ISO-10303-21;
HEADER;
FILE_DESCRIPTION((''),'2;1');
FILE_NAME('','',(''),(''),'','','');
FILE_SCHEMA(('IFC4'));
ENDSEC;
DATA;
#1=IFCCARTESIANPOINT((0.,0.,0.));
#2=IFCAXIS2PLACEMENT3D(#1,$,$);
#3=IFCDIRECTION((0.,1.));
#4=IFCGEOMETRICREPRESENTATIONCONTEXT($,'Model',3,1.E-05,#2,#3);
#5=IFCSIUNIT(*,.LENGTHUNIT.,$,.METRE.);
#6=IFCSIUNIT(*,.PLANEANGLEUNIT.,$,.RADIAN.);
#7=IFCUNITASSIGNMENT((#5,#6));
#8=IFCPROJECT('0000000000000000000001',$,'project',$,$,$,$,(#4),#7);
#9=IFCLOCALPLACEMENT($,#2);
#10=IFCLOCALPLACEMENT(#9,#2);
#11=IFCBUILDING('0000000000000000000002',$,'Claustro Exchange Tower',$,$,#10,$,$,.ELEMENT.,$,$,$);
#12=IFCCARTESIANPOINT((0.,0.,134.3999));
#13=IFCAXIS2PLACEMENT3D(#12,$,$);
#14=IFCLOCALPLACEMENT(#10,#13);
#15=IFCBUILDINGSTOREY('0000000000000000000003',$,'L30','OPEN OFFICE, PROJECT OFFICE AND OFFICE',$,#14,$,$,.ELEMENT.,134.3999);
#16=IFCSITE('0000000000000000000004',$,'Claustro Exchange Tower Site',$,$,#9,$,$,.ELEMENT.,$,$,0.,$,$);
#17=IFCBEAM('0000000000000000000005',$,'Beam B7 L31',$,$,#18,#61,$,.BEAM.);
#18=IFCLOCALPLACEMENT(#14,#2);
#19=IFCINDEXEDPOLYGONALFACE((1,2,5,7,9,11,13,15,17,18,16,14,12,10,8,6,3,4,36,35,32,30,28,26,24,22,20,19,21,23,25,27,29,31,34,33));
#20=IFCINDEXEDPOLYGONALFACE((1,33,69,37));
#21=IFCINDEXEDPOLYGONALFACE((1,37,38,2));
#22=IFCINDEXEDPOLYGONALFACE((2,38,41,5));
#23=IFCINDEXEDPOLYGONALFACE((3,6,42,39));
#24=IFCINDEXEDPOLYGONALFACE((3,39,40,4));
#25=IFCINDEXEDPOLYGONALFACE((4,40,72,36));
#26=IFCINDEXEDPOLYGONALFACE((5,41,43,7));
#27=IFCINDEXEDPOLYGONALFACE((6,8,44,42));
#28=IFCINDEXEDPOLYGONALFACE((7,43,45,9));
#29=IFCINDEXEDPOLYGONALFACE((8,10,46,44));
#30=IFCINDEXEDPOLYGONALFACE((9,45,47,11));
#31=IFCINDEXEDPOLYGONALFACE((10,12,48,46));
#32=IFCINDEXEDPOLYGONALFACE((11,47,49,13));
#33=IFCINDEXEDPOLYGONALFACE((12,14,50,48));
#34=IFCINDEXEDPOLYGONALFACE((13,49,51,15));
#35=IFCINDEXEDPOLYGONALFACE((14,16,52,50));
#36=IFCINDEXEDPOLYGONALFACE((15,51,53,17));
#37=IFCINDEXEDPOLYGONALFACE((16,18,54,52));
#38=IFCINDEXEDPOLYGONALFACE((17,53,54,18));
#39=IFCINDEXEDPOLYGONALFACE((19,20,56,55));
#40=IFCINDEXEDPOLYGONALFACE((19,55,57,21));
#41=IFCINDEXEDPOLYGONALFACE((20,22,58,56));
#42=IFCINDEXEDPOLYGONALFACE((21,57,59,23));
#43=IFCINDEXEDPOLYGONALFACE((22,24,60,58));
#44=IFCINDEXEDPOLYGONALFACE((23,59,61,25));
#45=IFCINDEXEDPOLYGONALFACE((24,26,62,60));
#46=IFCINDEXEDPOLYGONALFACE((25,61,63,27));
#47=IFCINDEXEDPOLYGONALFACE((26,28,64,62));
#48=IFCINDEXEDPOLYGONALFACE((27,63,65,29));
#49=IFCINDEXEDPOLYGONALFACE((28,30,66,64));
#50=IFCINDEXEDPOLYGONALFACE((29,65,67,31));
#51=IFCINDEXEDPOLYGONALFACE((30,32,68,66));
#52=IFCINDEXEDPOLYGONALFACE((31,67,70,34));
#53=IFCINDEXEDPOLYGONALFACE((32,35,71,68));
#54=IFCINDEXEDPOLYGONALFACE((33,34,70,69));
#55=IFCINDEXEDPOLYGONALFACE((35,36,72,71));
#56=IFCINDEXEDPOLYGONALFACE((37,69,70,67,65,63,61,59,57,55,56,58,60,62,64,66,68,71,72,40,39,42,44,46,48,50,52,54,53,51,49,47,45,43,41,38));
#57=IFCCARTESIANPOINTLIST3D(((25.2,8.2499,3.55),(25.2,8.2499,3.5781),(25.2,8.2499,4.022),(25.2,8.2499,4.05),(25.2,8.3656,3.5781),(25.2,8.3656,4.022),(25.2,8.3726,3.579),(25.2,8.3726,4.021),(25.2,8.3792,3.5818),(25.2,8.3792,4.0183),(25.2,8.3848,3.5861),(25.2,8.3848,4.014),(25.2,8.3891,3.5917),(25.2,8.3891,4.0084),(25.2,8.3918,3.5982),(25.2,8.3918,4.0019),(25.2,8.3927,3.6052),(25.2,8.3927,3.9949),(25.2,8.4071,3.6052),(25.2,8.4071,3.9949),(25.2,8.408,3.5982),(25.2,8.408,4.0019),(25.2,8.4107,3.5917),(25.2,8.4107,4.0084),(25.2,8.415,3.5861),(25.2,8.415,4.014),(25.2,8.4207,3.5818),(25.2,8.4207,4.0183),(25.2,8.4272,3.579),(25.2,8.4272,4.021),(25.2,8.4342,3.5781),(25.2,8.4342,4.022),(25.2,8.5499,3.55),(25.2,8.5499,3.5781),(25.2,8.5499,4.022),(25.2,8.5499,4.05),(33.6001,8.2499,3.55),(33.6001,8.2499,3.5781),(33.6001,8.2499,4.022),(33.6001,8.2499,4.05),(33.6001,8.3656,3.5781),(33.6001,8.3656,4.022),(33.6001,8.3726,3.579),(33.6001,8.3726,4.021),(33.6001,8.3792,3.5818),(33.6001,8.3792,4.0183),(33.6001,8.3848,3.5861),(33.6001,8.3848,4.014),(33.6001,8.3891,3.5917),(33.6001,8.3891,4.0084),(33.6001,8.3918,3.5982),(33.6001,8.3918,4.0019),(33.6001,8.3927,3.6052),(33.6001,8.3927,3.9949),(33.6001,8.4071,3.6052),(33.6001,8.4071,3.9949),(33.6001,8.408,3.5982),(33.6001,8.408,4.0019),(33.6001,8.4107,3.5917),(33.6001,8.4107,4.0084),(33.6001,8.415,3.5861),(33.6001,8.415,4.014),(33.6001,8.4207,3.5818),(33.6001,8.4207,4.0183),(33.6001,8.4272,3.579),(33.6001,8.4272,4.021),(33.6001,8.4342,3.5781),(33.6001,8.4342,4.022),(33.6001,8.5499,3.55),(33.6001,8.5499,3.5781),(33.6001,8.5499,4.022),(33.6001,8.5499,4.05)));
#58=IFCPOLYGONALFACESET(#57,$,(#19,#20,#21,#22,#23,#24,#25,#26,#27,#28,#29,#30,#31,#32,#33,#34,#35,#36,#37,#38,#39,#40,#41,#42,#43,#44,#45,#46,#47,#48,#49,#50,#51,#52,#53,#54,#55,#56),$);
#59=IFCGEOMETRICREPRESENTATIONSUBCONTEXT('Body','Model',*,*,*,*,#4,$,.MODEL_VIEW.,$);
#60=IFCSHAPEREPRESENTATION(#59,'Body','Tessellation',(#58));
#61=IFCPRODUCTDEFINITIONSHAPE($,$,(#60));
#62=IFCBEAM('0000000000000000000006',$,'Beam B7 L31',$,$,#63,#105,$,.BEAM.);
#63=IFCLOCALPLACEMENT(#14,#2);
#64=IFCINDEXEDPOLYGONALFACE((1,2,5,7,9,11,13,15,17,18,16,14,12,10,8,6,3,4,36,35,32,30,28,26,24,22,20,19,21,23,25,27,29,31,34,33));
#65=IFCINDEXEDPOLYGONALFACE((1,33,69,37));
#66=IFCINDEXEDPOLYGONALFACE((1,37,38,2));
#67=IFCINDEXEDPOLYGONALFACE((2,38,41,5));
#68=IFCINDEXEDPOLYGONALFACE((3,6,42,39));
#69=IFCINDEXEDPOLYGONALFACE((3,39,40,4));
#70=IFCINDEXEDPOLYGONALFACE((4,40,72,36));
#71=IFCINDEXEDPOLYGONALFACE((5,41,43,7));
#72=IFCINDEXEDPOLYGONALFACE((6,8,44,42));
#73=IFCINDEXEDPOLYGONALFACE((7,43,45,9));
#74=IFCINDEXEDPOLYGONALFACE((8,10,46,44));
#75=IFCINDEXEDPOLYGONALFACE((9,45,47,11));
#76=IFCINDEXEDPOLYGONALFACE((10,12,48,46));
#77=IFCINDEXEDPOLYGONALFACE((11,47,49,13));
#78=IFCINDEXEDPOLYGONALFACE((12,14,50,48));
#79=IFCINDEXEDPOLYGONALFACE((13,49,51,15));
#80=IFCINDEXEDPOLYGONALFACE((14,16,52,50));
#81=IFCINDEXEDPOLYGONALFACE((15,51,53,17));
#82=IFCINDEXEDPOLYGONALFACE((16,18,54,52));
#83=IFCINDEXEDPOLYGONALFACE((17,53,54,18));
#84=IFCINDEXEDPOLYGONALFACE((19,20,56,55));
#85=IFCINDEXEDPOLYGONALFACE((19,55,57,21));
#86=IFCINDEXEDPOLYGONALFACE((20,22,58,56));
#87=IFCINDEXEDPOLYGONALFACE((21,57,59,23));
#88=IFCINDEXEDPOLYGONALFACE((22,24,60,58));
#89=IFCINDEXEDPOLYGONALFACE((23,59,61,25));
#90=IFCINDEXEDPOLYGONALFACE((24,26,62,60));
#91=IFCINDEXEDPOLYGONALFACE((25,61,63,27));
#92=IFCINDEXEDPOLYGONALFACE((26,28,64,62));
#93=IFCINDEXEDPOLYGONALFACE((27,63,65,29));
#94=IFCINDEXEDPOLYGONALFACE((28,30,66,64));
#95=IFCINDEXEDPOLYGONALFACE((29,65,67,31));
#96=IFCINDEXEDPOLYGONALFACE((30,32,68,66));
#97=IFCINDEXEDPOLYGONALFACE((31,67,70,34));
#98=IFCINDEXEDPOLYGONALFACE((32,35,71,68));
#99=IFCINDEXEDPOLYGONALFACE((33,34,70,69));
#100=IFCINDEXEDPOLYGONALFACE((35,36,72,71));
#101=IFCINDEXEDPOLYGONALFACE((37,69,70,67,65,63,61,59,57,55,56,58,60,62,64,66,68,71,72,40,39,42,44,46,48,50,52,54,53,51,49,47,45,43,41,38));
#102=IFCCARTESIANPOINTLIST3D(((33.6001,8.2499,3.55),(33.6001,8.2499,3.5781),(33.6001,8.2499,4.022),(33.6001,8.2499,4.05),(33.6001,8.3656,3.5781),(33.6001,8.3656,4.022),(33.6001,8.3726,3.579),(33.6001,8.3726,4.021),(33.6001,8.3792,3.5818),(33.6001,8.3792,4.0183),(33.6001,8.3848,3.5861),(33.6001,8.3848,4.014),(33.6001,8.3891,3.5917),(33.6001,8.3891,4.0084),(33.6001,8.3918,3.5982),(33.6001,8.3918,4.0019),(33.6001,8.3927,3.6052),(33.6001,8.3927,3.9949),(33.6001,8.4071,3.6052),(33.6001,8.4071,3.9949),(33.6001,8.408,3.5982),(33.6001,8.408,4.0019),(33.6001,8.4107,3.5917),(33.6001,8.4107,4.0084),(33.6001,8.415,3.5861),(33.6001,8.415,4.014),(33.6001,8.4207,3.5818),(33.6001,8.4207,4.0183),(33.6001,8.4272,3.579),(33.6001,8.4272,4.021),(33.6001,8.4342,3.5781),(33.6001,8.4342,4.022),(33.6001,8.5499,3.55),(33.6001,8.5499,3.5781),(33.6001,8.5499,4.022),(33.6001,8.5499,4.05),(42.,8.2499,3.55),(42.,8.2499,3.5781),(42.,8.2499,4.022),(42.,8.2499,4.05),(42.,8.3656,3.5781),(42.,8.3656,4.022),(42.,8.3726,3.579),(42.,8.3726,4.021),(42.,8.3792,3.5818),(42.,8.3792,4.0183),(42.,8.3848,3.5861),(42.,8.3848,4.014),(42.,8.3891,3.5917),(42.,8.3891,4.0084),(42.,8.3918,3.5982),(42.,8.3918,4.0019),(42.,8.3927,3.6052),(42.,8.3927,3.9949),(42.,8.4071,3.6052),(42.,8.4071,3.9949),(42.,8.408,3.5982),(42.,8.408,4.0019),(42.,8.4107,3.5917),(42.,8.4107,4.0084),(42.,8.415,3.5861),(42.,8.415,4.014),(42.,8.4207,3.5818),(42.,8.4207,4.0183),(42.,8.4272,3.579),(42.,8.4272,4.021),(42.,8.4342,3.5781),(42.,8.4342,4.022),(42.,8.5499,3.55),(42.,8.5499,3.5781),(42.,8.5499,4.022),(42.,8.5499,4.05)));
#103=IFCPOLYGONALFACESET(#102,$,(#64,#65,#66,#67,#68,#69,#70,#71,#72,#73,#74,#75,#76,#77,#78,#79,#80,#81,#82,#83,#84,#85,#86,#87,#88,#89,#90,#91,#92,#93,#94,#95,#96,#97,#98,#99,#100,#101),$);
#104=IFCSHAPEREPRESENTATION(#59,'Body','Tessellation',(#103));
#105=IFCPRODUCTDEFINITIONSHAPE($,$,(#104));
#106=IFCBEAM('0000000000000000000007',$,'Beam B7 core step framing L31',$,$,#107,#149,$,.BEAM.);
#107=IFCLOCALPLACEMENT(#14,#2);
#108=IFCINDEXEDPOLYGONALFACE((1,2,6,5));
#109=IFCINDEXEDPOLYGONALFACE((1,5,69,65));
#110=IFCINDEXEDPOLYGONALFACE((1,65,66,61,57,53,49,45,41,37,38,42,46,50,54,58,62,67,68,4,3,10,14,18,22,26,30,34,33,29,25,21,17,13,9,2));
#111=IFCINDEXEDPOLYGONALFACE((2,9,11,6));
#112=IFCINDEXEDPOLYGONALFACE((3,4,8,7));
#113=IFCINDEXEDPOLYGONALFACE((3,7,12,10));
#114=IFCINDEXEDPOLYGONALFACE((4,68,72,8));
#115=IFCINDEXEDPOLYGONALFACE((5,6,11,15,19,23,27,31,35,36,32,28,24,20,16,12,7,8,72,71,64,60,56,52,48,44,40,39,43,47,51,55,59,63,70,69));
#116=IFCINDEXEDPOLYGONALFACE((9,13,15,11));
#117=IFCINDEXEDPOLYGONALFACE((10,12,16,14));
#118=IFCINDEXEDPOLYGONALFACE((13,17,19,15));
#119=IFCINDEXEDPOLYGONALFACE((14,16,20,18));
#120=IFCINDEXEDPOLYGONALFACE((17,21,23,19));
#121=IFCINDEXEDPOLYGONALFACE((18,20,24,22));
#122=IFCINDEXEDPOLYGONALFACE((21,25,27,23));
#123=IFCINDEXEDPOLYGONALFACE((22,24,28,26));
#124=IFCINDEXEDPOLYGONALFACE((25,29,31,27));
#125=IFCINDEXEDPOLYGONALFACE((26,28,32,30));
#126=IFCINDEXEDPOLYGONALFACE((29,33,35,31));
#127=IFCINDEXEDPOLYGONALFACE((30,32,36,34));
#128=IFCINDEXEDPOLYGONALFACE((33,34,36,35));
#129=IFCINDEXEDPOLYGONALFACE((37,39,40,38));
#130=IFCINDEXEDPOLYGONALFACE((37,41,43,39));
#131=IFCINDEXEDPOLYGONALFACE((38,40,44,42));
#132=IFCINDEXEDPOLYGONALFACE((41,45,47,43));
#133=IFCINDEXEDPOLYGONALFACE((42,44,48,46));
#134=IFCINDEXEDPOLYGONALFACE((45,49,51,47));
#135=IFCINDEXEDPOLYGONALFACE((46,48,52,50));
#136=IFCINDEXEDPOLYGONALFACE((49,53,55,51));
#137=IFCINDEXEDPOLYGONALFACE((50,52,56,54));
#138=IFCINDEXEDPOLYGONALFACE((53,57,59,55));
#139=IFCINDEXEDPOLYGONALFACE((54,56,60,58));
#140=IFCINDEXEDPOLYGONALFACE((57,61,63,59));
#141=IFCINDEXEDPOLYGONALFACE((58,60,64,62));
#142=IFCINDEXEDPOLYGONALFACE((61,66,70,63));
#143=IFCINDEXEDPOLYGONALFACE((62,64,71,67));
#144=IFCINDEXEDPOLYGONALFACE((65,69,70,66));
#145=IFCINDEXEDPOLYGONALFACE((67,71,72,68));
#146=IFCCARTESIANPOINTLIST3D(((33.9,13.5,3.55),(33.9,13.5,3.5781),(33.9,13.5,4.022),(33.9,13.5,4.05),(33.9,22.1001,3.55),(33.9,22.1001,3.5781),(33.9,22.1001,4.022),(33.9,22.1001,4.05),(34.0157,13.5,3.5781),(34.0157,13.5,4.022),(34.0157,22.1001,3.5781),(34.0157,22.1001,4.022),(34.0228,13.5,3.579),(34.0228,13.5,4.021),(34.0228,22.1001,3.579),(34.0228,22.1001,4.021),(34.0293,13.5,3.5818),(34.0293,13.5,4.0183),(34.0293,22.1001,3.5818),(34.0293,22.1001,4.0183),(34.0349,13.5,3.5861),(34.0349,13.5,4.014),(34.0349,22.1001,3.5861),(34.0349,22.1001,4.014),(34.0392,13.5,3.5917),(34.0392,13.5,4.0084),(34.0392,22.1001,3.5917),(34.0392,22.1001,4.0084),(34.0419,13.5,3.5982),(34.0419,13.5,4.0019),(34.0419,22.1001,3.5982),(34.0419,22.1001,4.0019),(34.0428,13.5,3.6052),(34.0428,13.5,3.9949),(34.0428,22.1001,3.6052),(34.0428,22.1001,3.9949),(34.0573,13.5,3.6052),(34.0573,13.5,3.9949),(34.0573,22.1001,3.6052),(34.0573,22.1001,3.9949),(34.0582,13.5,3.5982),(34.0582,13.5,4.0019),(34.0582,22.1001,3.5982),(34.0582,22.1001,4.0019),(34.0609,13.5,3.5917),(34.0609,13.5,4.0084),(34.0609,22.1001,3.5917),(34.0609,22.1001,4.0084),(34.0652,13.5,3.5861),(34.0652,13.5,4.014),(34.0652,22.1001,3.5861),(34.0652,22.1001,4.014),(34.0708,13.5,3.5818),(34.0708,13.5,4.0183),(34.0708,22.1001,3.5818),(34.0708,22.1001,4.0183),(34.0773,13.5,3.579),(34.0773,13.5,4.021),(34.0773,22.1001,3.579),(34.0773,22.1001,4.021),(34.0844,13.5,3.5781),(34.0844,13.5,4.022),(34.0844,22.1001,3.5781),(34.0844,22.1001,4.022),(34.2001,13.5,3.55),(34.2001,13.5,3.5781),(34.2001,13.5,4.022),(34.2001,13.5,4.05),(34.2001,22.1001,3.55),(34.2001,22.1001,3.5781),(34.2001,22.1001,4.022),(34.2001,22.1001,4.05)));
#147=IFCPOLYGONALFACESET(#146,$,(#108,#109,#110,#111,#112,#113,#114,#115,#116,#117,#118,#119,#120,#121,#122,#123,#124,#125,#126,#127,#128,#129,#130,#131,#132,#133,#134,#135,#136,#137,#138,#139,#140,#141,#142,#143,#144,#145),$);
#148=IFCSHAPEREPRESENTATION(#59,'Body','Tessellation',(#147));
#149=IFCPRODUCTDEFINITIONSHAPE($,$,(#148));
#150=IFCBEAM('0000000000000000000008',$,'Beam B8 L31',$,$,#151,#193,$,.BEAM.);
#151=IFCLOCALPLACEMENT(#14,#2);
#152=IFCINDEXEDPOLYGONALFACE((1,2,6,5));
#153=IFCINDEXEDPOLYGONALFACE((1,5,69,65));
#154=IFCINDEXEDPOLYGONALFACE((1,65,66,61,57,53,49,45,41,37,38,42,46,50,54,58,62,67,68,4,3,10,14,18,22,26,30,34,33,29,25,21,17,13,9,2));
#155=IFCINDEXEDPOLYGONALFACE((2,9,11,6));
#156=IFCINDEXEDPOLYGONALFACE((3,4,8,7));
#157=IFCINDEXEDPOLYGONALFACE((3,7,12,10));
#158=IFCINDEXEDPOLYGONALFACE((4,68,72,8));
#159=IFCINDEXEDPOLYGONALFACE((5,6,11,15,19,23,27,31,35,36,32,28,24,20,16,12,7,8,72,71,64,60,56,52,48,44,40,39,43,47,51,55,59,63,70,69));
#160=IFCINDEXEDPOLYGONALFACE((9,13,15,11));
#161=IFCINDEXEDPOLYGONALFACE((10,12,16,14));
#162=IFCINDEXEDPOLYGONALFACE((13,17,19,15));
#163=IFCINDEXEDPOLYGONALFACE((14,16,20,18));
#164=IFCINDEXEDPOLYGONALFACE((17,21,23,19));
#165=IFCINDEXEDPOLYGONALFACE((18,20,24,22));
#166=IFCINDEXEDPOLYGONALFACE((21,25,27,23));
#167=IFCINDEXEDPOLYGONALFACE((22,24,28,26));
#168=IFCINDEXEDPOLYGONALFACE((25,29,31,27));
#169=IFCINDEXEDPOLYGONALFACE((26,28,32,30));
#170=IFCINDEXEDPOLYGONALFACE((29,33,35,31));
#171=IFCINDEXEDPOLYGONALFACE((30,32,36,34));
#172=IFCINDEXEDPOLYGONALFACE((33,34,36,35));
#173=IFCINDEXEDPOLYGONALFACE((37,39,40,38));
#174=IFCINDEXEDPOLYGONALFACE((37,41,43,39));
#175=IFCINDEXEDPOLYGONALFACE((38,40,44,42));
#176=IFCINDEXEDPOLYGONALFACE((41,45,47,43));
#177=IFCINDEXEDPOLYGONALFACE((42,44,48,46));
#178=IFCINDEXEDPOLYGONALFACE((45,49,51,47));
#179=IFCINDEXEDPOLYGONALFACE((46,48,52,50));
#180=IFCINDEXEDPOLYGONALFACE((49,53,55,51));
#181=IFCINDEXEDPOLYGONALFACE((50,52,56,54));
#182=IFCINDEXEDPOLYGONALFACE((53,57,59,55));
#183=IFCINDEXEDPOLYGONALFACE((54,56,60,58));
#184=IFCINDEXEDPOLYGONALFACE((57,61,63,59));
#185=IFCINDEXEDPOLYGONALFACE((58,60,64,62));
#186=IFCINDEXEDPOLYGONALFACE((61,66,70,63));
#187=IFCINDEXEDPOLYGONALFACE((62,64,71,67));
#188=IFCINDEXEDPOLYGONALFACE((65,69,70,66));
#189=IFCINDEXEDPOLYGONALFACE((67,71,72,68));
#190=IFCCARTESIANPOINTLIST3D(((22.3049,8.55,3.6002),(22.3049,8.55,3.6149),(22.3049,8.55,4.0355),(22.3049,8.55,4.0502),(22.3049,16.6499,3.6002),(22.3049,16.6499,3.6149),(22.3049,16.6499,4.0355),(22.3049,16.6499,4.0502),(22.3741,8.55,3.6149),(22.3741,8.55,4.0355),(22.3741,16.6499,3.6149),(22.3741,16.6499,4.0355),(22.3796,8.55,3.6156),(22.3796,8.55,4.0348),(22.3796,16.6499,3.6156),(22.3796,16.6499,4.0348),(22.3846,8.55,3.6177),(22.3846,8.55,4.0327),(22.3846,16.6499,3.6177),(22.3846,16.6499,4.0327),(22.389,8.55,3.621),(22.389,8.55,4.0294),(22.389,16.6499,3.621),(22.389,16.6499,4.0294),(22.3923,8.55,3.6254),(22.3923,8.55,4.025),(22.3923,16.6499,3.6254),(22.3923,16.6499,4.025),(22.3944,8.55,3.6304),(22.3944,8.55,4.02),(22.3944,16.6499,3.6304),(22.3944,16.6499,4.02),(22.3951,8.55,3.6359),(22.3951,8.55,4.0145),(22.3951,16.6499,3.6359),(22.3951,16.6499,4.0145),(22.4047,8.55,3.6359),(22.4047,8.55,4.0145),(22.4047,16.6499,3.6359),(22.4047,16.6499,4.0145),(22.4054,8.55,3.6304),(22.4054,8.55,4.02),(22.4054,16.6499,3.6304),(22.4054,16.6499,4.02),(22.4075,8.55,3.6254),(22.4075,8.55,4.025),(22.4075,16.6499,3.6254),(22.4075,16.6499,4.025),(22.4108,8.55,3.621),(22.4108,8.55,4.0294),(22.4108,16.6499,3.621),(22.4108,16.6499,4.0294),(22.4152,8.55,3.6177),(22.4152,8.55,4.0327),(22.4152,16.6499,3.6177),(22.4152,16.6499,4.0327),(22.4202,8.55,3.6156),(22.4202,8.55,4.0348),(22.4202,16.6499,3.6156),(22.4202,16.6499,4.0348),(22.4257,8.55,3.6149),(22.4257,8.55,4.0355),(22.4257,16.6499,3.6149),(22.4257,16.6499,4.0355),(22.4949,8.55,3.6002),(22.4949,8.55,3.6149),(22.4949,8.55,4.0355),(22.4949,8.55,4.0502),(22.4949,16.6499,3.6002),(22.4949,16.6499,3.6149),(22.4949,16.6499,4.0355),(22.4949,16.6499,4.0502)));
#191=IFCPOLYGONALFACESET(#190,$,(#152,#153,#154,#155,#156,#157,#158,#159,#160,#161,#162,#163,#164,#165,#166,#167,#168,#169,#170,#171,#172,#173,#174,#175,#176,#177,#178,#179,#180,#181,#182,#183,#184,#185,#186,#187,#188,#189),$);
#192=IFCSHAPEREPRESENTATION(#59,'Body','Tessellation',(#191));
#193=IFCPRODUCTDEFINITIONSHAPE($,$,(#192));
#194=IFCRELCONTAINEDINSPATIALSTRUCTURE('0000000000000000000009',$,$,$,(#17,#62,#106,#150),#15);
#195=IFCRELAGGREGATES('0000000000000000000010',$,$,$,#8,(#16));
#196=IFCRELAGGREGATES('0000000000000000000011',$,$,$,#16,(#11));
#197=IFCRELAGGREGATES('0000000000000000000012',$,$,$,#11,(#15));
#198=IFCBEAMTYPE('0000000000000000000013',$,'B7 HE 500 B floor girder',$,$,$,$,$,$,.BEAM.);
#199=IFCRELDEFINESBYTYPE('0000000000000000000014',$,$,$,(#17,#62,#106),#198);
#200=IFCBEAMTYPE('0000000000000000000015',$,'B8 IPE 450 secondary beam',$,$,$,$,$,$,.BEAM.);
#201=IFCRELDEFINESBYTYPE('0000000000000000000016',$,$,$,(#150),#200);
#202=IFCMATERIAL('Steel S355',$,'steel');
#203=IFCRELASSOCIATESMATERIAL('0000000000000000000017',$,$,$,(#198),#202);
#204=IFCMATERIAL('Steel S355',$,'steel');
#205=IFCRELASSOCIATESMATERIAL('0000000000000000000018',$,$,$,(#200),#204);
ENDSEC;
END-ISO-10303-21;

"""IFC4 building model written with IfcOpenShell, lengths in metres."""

from ifc_helpers import new_model, si_unit, direction, frame, origin, origin_2d, place, context, subcontext, project, spatial, i_section, extrude, material, material_profile, profile_set, type_object, element, save


model = new_model("IFC4")

# Units and contexts
model_context = context("Model", 3, precision=1e-05, world=origin(), true_north=direction((0.0, 1.0)))
body_context = subcontext(model_context, "Body", "Model", "MODEL_VIEW")
ifc_project = project(units=[si_unit("LENGTHUNIT", "METRE"), si_unit("PLANEANGLEUNIT", "RADIAN")], contexts=[model_context])

# Site, building, storey
site_placement = place(None, origin())
site = spatial("IfcSite", under=ifc_project, at=site_placement, Name="Claustro Exchange Tower Site", CompositionType="ELEMENT", RefElevation=0.0)
building_placement = place(site_placement, origin())
building = spatial("IfcBuilding", under=site, at=building_placement, Name="Claustro Exchange Tower", CompositionType="ELEMENT")
storey_placement = place(building_placement, frame((0.0, 0.0, 134.3999)))
storey = spatial("IfcBuildingStorey", under=building, at=storey_placement, Name="L30", Description="OPEN OFFICE, PROJECT OFFICE AND OFFICE", CompositionType="ELEMENT", Elevation=134.3999)

# Beams
ifc_material_1 = material(Name="Steel S355", Category="steel")
ifc_material_profile_1 = material_profile(ifc_material_1, i_section(OverallWidth=0.3, OverallDepth=0.5, WebThickness=0.0144, FlangeThickness=0.0281, FilletRadius=0.0271, at=origin_2d()), Name="HE 500 B")
ifc_profile_set_1 = profile_set([ifc_material_profile_1], Name="Steel S355")
beam_type_1 = type_object("IfcBeamType", Name="B7 HE 500 B floor girder", PredefinedType="BEAM", material=ifc_profile_set_1)
beam_1_placement = place(storey_placement, frame((25.2, 8.3999, 3.8), z_axis=(1.0, 0.0, 0.0), x_axis=(0.0, 1.0, 0.0)))
element("IfcBeam", 1, at=beam_1_placement, inside=storey, type_object=beam_type_1, Name="Beam B7 L31", PredefinedType="BEAM", context=body_context, shape_type="SweptSolid", body=[
    extrude(i_section(OverallWidth=0.3, OverallDepth=0.5, WebThickness=0.0144, FlangeThickness=0.0281, FilletRadius=0.0271, at=origin_2d()), origin(), (0.0, 0.0, 1.0), 8.4001),
])
beam_2_placement = place(storey_placement, frame((33.6001, 8.3999, 3.8), z_axis=(1.0, 0.0, 0.0), x_axis=(0.0, 1.0, 0.0)))
element("IfcBeam", 2, at=beam_2_placement, inside=storey, type_object=beam_type_1, Name="Beam B7 L31", PredefinedType="BEAM", context=body_context, shape_type="SweptSolid", body=[
    extrude(i_section(OverallWidth=0.3, OverallDepth=0.5, WebThickness=0.0144, FlangeThickness=0.0281, FilletRadius=0.0271, at=origin_2d()), origin(), (0.0, 0.0, 1.0), 8.3999),
])
beam_3_placement = place(storey_placement, frame((34.05, 13.5, 3.8), z_axis=(0.0, 1.0, 0.0), x_axis=(-1.0, 0.0, 0.0)))
element("IfcBeam", 3, at=beam_3_placement, inside=storey, type_object=beam_type_1, Name="Beam B7 core step framing L31", PredefinedType="BEAM", context=body_context, shape_type="SweptSolid", body=[
    extrude(i_section(OverallWidth=0.3, OverallDepth=0.5, WebThickness=0.0144, FlangeThickness=0.0281, FilletRadius=0.0271, at=origin_2d()), origin(), (0.0, 0.0, 1.0), 8.6001),
])
ifc_material_2 = material(Name="Steel S355", Category="steel")
ifc_material_profile_2 = material_profile(ifc_material_2, i_section(OverallWidth=0.1899, OverallDepth=0.45, WebThickness=0.0095, FlangeThickness=0.0146, FilletRadius=0.021, at=origin_2d()), Name="IPE 450")
ifc_profile_set_2 = profile_set([ifc_material_profile_2], Name="Steel S355")
beam_type_2 = type_object("IfcBeamType", Name="B8 IPE 450 secondary beam", PredefinedType="BEAM", material=ifc_profile_set_2)
for number, where, z_axis, x_axis, name in (
    (4, (22.3999, 8.55, 3.8252), (0.0, 1.0, 0.0), (-1.0, 0.0, 0.0), "Beam B8 L31"),
):
    element("IfcBeam", number, at=place(storey_placement, frame(where, z_axis=z_axis, x_axis=x_axis)), inside=storey, type_object=beam_type_2, Name=name, PredefinedType="BEAM", context=body_context, shape_type="SweptSolid", body=[
        extrude(i_section(OverallWidth=0.1899, OverallDepth=0.45, WebThickness=0.0095, FlangeThickness=0.0146, FilletRadius=0.021, at=origin_2d()), origin(), (0.0, 0.0, 1.0), 8.0999),
    ])

save(model, "model.ifc")
